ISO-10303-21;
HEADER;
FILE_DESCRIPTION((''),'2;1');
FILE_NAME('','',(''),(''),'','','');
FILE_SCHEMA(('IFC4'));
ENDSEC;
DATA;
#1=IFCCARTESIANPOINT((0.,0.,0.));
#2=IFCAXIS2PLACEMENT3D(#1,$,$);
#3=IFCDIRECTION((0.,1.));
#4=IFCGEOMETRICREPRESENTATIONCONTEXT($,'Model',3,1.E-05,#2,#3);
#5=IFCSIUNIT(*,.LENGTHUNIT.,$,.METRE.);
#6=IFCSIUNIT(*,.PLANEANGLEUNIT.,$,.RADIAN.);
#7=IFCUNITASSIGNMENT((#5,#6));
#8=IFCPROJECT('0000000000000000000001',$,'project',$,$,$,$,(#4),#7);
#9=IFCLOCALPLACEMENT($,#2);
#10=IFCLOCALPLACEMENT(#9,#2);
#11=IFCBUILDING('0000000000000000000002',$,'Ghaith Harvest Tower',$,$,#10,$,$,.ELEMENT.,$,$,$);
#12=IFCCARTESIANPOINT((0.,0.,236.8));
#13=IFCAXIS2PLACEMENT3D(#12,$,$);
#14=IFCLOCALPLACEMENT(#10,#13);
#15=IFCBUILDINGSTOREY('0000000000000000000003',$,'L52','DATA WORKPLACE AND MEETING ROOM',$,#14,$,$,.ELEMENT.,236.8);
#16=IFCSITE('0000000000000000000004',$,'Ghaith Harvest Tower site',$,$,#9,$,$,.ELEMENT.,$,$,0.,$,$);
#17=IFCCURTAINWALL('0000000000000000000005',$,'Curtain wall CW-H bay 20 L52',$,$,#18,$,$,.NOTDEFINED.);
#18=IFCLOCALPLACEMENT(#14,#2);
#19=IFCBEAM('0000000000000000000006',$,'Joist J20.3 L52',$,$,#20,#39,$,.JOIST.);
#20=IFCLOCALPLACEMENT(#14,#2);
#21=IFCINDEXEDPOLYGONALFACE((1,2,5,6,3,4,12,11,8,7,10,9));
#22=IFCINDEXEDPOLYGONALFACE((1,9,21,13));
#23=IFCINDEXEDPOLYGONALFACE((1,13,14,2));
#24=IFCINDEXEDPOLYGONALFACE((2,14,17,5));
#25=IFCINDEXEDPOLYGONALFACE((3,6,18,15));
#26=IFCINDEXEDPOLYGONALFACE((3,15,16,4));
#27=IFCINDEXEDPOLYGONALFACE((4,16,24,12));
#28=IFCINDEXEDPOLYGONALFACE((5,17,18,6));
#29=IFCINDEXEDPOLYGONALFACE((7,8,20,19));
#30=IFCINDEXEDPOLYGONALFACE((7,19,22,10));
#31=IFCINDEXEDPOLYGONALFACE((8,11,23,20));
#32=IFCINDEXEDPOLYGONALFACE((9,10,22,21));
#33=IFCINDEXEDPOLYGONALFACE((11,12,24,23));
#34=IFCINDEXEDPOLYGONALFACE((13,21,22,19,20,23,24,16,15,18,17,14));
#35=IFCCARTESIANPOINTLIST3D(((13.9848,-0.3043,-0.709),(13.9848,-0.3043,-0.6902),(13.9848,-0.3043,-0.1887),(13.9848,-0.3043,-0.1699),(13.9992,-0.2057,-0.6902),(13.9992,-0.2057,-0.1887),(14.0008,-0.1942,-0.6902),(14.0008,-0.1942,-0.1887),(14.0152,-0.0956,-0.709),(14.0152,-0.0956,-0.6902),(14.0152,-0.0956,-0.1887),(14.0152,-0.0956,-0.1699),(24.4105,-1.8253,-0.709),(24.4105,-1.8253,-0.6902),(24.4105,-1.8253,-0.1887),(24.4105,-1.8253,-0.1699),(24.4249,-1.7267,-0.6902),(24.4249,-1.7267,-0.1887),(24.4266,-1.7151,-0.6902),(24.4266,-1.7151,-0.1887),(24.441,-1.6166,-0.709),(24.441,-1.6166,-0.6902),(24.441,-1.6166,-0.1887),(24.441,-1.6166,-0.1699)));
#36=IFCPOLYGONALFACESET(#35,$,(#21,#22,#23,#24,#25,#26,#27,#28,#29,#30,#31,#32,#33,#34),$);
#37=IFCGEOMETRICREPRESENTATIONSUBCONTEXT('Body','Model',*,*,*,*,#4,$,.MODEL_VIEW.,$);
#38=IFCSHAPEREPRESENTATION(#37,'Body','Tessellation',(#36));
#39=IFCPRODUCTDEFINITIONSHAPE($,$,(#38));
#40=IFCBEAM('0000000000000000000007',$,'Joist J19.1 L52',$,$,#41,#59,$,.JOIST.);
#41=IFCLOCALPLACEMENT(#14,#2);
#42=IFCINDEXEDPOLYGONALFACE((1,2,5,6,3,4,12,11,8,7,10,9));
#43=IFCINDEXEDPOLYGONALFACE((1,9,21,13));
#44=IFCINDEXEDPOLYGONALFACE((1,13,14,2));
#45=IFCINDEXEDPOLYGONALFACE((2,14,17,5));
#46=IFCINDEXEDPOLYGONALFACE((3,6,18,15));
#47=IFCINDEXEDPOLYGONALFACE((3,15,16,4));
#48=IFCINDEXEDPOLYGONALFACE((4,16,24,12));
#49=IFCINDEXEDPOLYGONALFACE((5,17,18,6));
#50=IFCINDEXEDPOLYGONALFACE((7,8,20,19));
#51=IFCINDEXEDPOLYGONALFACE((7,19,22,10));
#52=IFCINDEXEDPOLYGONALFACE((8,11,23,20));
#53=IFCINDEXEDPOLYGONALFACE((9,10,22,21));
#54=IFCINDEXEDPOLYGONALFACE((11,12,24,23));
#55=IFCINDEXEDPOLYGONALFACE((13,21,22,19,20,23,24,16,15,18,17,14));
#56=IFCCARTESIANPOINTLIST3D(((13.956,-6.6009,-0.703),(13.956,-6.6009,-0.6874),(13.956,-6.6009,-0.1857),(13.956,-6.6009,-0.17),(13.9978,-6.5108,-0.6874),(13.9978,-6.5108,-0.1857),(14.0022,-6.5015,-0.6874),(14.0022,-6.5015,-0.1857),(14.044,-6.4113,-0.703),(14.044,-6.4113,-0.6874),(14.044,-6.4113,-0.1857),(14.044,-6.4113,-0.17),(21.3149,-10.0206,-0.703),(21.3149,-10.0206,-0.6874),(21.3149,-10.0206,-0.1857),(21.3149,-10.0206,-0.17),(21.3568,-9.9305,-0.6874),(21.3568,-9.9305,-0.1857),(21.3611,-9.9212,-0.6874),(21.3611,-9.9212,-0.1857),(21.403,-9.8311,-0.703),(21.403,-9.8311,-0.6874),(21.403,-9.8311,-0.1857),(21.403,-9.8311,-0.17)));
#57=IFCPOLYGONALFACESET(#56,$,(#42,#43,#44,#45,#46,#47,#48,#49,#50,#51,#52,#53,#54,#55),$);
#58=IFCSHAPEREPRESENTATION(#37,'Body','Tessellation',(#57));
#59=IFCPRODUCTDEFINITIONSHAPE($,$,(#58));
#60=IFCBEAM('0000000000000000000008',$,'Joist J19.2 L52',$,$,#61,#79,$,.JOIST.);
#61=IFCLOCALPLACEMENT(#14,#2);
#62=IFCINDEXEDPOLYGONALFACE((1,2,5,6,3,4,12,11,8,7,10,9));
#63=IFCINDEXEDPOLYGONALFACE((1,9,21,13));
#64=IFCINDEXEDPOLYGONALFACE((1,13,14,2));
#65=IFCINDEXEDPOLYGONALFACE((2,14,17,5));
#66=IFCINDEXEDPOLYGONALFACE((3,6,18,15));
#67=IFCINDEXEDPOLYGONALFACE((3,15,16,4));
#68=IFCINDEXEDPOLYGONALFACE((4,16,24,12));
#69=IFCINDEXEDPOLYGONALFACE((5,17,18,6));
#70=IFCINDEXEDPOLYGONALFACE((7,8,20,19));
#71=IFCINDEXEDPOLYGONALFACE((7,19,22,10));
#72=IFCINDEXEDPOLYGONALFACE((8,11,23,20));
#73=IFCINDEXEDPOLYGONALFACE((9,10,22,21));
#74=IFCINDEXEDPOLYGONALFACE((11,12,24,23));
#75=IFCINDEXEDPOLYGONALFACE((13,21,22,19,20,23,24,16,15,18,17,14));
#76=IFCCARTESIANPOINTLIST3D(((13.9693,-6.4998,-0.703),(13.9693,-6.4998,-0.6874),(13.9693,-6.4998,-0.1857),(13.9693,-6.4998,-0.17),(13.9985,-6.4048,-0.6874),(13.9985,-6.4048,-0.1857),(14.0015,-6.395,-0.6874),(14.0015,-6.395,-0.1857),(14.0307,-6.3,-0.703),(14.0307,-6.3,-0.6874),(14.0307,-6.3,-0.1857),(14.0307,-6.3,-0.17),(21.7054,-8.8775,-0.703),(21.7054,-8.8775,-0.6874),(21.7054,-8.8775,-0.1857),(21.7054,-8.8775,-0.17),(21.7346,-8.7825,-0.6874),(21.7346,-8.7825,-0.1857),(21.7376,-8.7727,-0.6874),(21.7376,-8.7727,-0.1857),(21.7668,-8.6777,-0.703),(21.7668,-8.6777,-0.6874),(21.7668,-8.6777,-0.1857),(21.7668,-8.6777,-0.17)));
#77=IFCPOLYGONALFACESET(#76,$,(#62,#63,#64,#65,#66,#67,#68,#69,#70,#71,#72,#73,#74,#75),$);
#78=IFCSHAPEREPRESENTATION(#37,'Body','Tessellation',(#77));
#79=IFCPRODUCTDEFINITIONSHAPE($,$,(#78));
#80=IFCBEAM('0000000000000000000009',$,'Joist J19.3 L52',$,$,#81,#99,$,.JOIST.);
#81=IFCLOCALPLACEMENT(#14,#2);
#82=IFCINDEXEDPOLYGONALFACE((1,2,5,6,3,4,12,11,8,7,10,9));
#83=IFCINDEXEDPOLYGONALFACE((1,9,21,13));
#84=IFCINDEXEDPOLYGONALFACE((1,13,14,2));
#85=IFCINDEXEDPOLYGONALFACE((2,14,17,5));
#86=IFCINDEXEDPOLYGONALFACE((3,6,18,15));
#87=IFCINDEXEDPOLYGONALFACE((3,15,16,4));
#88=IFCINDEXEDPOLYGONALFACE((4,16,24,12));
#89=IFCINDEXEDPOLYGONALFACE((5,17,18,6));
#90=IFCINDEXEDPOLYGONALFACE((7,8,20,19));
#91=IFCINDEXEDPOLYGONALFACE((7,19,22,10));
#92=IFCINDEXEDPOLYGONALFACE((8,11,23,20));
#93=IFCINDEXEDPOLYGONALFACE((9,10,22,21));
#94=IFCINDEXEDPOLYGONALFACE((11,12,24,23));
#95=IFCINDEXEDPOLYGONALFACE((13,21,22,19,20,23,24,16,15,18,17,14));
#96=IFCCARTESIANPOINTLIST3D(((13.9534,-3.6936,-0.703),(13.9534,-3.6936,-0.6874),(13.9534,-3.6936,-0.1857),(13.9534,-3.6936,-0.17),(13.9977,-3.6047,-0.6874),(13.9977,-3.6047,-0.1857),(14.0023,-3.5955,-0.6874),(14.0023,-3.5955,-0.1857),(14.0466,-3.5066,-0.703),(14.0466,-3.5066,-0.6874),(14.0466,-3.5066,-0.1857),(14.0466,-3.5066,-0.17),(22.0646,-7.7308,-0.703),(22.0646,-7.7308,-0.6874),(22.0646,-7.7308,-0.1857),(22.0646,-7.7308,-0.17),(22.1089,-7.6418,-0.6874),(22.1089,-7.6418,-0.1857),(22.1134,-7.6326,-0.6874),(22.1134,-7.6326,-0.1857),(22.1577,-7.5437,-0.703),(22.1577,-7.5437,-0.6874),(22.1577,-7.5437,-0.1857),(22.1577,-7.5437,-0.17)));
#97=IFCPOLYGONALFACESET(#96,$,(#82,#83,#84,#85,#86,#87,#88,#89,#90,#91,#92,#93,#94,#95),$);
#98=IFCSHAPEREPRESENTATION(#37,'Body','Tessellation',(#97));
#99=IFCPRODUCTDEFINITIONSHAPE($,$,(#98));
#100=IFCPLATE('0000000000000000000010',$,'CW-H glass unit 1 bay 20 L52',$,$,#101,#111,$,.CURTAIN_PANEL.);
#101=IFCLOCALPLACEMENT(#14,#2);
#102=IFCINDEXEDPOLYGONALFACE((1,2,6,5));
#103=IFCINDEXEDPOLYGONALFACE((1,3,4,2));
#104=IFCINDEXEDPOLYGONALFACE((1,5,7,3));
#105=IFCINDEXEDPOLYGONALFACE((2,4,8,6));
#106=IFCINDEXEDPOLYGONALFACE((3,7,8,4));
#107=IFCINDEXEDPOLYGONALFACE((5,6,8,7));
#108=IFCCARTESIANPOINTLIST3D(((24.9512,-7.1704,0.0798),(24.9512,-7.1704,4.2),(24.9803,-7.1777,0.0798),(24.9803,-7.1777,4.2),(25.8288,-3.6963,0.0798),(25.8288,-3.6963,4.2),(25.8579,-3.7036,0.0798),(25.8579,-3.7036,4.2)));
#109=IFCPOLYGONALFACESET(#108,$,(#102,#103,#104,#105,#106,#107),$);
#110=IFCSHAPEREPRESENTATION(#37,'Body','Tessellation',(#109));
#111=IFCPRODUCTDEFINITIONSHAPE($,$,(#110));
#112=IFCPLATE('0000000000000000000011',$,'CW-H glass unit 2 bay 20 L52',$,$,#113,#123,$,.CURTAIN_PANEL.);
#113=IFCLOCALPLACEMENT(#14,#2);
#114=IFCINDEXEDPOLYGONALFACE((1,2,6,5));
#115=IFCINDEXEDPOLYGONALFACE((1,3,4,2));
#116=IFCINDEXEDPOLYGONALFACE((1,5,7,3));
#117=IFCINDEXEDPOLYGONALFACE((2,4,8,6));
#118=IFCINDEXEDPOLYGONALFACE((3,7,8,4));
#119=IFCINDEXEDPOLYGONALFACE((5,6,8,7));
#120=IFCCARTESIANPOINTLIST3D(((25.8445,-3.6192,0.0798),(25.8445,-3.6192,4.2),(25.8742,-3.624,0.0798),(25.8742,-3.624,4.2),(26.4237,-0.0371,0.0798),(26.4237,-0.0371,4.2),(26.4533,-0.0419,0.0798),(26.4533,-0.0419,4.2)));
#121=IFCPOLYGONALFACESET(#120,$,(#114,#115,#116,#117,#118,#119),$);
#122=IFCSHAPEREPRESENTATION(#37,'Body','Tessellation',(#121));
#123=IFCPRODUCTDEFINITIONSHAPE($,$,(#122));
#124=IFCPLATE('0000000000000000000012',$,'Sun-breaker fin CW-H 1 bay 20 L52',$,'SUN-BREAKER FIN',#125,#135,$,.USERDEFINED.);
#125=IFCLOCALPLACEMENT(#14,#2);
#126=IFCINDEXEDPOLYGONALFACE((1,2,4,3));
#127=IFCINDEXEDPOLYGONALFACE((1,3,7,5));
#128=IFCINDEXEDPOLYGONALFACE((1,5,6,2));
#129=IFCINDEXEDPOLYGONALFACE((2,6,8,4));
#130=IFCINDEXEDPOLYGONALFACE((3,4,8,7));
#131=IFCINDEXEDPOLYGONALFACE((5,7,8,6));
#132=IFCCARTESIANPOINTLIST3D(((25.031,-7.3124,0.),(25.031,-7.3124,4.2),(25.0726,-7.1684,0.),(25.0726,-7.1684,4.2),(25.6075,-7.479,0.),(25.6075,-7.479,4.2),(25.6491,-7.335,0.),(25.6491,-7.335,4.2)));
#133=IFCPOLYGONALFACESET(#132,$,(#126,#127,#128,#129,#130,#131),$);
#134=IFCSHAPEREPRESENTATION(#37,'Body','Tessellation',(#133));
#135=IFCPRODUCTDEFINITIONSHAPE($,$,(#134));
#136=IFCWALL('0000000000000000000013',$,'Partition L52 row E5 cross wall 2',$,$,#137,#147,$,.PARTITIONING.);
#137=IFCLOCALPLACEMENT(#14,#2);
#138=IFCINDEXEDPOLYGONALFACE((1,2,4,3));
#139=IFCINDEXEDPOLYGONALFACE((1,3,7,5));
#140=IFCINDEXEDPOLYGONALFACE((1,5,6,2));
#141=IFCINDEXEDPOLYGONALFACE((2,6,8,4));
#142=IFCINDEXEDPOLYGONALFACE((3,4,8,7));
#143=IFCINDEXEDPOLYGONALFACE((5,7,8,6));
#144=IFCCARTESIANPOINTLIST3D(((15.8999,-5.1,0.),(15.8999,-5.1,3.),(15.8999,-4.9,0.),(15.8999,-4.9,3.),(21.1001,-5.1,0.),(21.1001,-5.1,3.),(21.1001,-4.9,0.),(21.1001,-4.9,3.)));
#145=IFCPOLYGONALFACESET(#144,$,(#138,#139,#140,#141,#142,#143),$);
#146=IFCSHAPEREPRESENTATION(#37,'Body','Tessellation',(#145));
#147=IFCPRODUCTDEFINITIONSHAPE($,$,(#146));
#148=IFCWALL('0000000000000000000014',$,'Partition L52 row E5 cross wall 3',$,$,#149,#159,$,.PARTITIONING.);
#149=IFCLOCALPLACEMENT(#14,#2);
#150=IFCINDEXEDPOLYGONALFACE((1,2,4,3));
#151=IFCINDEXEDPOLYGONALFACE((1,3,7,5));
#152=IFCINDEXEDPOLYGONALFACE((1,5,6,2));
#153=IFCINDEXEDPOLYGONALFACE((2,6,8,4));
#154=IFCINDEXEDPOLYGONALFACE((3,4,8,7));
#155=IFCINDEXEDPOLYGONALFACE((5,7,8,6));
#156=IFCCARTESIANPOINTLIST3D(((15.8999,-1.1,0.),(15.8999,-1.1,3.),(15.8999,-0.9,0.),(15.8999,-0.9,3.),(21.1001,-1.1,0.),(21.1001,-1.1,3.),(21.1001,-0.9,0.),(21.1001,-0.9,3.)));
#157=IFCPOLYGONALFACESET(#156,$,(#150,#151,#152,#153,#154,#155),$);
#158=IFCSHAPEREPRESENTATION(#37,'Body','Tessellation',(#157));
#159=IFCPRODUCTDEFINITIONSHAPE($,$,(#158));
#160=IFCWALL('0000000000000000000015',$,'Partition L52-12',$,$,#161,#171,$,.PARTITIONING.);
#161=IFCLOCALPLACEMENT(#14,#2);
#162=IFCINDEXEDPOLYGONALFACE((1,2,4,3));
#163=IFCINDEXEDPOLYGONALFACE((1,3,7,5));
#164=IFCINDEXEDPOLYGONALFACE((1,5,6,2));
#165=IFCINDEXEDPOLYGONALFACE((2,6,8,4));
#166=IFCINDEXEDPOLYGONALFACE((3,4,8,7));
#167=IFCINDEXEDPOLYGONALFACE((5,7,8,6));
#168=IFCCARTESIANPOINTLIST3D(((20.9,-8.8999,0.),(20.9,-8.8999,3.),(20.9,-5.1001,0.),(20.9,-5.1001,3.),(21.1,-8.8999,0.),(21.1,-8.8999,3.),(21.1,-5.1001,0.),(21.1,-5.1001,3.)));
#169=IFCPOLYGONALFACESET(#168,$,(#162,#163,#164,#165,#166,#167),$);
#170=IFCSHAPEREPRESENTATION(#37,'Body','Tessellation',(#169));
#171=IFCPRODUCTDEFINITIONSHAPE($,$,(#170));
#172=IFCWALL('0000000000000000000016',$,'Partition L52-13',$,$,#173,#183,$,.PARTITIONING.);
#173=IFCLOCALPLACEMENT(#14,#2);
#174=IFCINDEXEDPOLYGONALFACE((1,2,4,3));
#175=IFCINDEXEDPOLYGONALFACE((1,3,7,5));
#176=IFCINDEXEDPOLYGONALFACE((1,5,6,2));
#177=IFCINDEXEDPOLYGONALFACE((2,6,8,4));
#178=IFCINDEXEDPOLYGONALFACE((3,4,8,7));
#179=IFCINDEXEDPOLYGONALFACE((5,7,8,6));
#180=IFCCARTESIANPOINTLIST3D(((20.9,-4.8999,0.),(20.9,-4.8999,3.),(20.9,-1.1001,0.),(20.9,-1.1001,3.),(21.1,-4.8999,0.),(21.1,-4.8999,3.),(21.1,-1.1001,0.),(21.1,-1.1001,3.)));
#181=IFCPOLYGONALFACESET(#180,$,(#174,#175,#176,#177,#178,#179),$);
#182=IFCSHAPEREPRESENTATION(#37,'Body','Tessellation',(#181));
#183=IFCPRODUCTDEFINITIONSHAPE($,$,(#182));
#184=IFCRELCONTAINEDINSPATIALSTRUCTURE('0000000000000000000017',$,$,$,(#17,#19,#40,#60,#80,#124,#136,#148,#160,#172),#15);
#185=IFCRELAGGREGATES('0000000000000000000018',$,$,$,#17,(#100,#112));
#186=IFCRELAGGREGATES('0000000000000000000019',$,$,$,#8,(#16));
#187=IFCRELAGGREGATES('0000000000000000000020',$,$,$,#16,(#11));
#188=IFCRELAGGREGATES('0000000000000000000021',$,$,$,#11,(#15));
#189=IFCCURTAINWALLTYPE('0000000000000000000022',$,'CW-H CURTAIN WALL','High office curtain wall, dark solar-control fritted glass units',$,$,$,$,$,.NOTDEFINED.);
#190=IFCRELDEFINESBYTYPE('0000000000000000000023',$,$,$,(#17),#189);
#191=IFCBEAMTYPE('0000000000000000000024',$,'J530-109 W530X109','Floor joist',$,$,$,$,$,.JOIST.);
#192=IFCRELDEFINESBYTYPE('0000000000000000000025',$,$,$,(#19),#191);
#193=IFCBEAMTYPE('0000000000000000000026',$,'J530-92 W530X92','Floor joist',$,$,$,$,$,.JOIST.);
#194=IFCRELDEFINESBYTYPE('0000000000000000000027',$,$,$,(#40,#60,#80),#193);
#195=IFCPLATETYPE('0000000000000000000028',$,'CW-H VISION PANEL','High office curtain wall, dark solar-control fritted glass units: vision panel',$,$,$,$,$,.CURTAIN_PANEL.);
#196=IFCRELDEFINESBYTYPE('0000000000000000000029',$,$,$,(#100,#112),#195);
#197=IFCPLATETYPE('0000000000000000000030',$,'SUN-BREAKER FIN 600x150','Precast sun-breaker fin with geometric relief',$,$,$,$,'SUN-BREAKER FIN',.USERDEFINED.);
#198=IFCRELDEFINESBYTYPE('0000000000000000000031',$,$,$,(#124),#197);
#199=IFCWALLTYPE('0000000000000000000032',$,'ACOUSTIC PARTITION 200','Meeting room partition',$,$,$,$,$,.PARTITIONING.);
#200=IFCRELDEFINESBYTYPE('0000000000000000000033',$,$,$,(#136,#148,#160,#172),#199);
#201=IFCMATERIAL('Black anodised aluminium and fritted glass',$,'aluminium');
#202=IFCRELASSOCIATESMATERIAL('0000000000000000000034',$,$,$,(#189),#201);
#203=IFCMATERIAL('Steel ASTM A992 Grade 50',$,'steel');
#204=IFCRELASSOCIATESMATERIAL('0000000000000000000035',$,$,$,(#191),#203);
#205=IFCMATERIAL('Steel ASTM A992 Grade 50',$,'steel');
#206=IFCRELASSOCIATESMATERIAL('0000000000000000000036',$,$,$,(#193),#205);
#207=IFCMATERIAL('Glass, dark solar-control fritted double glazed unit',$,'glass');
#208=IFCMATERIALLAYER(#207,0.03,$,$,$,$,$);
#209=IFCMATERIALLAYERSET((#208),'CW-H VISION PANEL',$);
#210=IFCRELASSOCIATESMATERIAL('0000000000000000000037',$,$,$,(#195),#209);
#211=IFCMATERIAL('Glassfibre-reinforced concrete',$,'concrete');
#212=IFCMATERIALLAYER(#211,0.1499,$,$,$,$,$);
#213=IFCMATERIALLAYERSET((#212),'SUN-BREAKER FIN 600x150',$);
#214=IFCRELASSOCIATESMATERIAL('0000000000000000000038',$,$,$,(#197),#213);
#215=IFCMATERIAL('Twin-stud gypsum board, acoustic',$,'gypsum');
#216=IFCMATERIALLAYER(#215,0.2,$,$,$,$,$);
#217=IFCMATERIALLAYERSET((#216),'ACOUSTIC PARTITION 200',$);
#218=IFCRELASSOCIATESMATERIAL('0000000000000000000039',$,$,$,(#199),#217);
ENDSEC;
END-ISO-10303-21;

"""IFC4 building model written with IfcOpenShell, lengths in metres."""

from ifc_helpers import new_model, si_unit, direction, frame, frame_2d, origin, origin_2d, place, context, subcontext, project, spatial, rectangle, i_section, extrude, material, layer, layer_set, material_profile, profile_set, type_object, element, aggregate, save


model = new_model("IFC4")

# Units and contexts
model_context = context("Model", 3, precision=1e-05, world=origin(), true_north=direction((0.0, 1.0)))
body_context = subcontext(model_context, "Body", "Model", "MODEL_VIEW")
ifc_project = project(units=[si_unit("LENGTHUNIT", "METRE"), si_unit("PLANEANGLEUNIT", "RADIAN")], contexts=[model_context])

# Site, building, storey
site_placement = place(None, origin())
site = spatial("IfcSite", under=ifc_project, at=site_placement, Name="Ghaith Harvest Tower site", CompositionType="ELEMENT", RefElevation=0.0)
building_placement = place(site_placement, origin())
building = spatial("IfcBuilding", under=site, at=building_placement, Name="Ghaith Harvest Tower", CompositionType="ELEMENT")
storey_placement = place(building_placement, frame((0.0, 0.0, 236.8)))
storey = spatial("IfcBuildingStorey", under=building, at=storey_placement, Name="L52", Description="DATA WORKPLACE AND MEETING ROOM", CompositionType="ELEMENT", Elevation=236.8)

# Curtain wall
ifc_material_1 = material(Name="Black anodised aluminium and fritted glass", Category="aluminium")
curtain_wall_type = type_object("IfcCurtainWallType", Name="CW-H CURTAIN WALL", Description="High office curtain wall, dark solar-control fritted glass units", PredefinedType="NOTDEFINED", material=ifc_material_1)
curtain_wall_placement = place(storey_placement, origin())
curtain_wall = element("IfcCurtainWall", 1, at=curtain_wall_placement, inside=storey, type_object=curtain_wall_type, Name="Curtain wall CW-H bay 20 L52", PredefinedType="NOTDEFINED")

# Beams
ifc_material_2 = material(Name="Steel ASTM A992 Grade 50", Category="steel")
ifc_material_profile_1 = material_profile(ifc_material_2, i_section(OverallWidth=0.2109, OverallDepth=0.5391, WebThickness=0.0117, FlangeThickness=0.0188, at=origin_2d()), Name="W530X109")
ifc_profile_set_1 = profile_set([ifc_material_profile_1], Name="Steel ASTM A992 Grade 50")
beam_type_1 = type_object("IfcBeamType", Name="J530-109 W530X109", Description="Floor joist", PredefinedType="JOIST", material=ifc_profile_set_1)
beam_1_placement = place(storey_placement, frame((14.0, -0.2, -0.4395), z_axis=(0.989525, -0.14436, 0.0), x_axis=(0.14436, 0.989525, 0.0)))
element("IfcBeam", 2, at=beam_1_placement, inside=storey, type_object=beam_type_1, Name="Joist J20.3 L52", PredefinedType="JOIST", context=body_context, shape_type="SweptSolid", body=[
    extrude(i_section(OverallWidth=0.2109, OverallDepth=0.5391, WebThickness=0.0117, FlangeThickness=0.0188, at=origin_2d()), origin(), (0.0, 0.0, 1.0), 10.5361),
])
ifc_material_3 = material(Name="Steel ASTM A992 Grade 50", Category="steel")
ifc_material_profile_2 = material_profile(ifc_material_3, i_section(OverallWidth=0.209, OverallDepth=0.533, WebThickness=0.0103, FlangeThickness=0.0156, at=origin_2d()), Name="W530X92")
ifc_profile_set_2 = profile_set([ifc_material_profile_2], Name="Steel ASTM A992 Grade 50")
beam_type_2 = type_object("IfcBeamType", Name="J530-92 W530X92", Description="Floor joist", PredefinedType="JOIST", material=ifc_profile_set_2)
beam_2_placement = place(storey_placement, frame((14.0, -6.5061, -0.4365), z_axis=(0.906865, -0.421421, 0.0), x_axis=(0.421421, 0.906865, 0.0)))
element("IfcBeam", 3, at=beam_2_placement, inside=storey, type_object=beam_type_2, Name="Joist J19.1 L52", PredefinedType="JOIST", context=body_context, shape_type="SweptSolid", body=[
    extrude(i_section(OverallWidth=0.209, OverallDepth=0.533, WebThickness=0.0103, FlangeThickness=0.0156, at=origin_2d()), origin(), (0.0, 0.0, 1.0), 8.1147),
])
beam_3_placement = place(storey_placement, frame((14.0, -6.3999, -0.4365), z_axis=(0.955871, -0.293787, 0.0), x_axis=(0.293787, 0.955871, 0.0)))
element("IfcBeam", 4, at=beam_3_placement, inside=storey, type_object=beam_type_2, Name="Joist J19.2 L52", PredefinedType="JOIST", context=body_context, shape_type="SweptSolid", body=[
    extrude(i_section(OverallWidth=0.209, OverallDepth=0.533, WebThickness=0.0103, FlangeThickness=0.0156, at=origin_2d()), origin(), (0.0, 0.0, 1.0), 8.0933),
])
beam_4_placement = place(storey_placement, frame((14.0, -3.6001, -0.4365), z_axis=(0.895239, -0.445585, 0.0), x_axis=(0.445585, 0.895239, 0.0)))
element("IfcBeam", 5, at=beam_4_placement, inside=storey, type_object=beam_type_2, Name="Joist J19.3 L52", PredefinedType="JOIST", context=body_context, shape_type="SweptSolid", body=[
    extrude(i_section(OverallWidth=0.209, OverallDepth=0.533, WebThickness=0.0103, FlangeThickness=0.0156, at=origin_2d()), origin(), (0.0, 0.0, 1.0), 9.0603),
])

# Plates
ifc_material_4 = material(Name="Glass, dark solar-control fritted double glazed unit", Category="glass")
ifc_layer_1 = layer(ifc_material_4, 0.03)
ifc_layer_set_1 = layer_set([ifc_layer_1], Name="CW-H VISION PANEL")
plate_type_1 = type_object("IfcPlateType", Name="CW-H VISION PANEL", Description="High office curtain wall, dark solar-control fritted glass units: vision panel", PredefinedType="CURTAIN_PANEL", material=ifc_layer_set_1)
plate_1_placement = place(storey_placement, frame((25.4045, -5.437, 0.0798), z_axis=(0.0, 0.0, 1.0), x_axis=(0.244926, 0.969542, 0.0)))
plate_1 = element("IfcPlate", 6, at=plate_1_placement, type_object=plate_type_1, Name="CW-H glass unit 1 bay 20 L52", PredefinedType="CURTAIN_PANEL", context=body_context, shape_type="SweptSolid", body=[
    extrude(rectangle(XDim=3.5833, YDim=0.03, at=origin_2d()), origin(), (0.0, 0.0, 1.0), 4.1201),
])
plate_2_placement = place(storey_placement, frame((26.1489, -1.8306, 0.0798), z_axis=(0.0, 0.0, 1.0), x_axis=(0.159601, 0.987182, 0.0)))
plate_2 = element("IfcPlate", 7, at=plate_2_placement, type_object=plate_type_1, Name="CW-H glass unit 2 bay 20 L52", PredefinedType="CURTAIN_PANEL", context=body_context, shape_type="SweptSolid", body=[
    extrude(rectangle(XDim=3.6287, YDim=0.03, at=origin_2d()), origin(), (0.0, 0.0, 1.0), 4.1201),
])
aggregate(curtain_wall, [plate_1, plate_2])
ifc_material_5 = material(Name="Glassfibre-reinforced concrete", Category="concrete")
ifc_layer_2 = layer(ifc_material_5, 0.1499)
ifc_layer_set_2 = layer_set([ifc_layer_2], Name="SUN-BREAKER FIN 600x150")
plate_type_2 = type_object("IfcPlateType", Name="SUN-BREAKER FIN 600x150", Description="Precast sun-breaker fin with geometric relief", ElementType="SUN-BREAKER FIN", PredefinedType="USERDEFINED", material=ifc_layer_set_2)
plate_3_placement = place(storey_placement, frame((25.3401, -7.3237, 0.0), z_axis=(0.0, 0.0, 1.0), x_axis=(0.96068, -0.277657, 0.0)))
element("IfcPlate", 8, at=plate_3_placement, inside=storey, type_object=plate_type_2, Name="Sun-breaker fin CW-H 1 bay 20 L52", ObjectType="SUN-BREAKER FIN", PredefinedType="USERDEFINED", context=body_context, shape_type="SweptSolid", body=[
    extrude(rectangle(XDim=0.6001, YDim=0.1499, at=origin_2d()), origin(), (0.0, 0.0, 1.0), 4.2),
])

# Walls
ifc_material_6 = material(Name="Twin-stud gypsum board, acoustic", Category="gypsum")
ifc_layer_3 = layer(ifc_material_6, 0.2)
ifc_layer_set_3 = layer_set([ifc_layer_3], Name="ACOUSTIC PARTITION 200")
wall_type_1 = type_object("IfcWallType", Name="ACOUSTIC PARTITION 200", Description="Meeting room partition", PredefinedType="PARTITIONING", material=ifc_layer_set_3)
for number, where, z_axis, x_axis, name in (
    (9, (15.8999, -5.0, 0.0), (0.0, 0.0, 1.0), (1.0, 0.0, 0.0), "Partition L52 row E5 cross wall 2"),
    (10, (15.8999, -1.0, 0.0), (0.0, 0.0, 1.0), (1.0, 0.0, 0.0), "Partition L52 row E5 cross wall 3"),
):
    element("IfcWall", number, at=place(storey_placement, frame(where, z_axis=z_axis, x_axis=x_axis)), inside=storey, type_object=wall_type_1, Name=name, PredefinedType="PARTITIONING", context=body_context, shape_type="SweptSolid", body=[
        extrude(rectangle(XDim=5.2002, YDim=0.2, at=frame_2d((2.6001, 0.0))), origin(), (0.0, 0.0, 1.0), 3.0),
    ])

# Wall
wall_1_placement = place(storey_placement, frame((21.0, -8.8999, 0.0), z_axis=(0.0, 0.0, 1.0), x_axis=(0.0, 1.0, 0.0)))
element("IfcWall", 11, at=wall_1_placement, inside=storey, type_object=wall_type_1, Name="Partition L52-12", PredefinedType="PARTITIONING", context=body_context, shape_type="SweptSolid", body=[
    extrude(rectangle(XDim=3.7998, YDim=0.2, at=frame_2d((1.8999, 0.0))), origin(), (0.0, 0.0, 1.0), 3.0),
])

# Wall
wall_2_placement = place(storey_placement, frame((21.0, -4.8999, 0.0), z_axis=(0.0, 0.0, 1.0), x_axis=(0.0, 1.0, 0.0)))
element("IfcWall", 12, at=wall_2_placement, inside=storey, type_object=wall_type_1, Name="Partition L52-13", PredefinedType="PARTITIONING", context=body_context, shape_type="SweptSolid", body=[
    extrude(rectangle(XDim=3.7998, YDim=0.2, at=frame_2d((1.8999, 0.0))), origin(), (0.0, 0.0, 1.0), 3.0),
])

save(model, "model.ifc")
